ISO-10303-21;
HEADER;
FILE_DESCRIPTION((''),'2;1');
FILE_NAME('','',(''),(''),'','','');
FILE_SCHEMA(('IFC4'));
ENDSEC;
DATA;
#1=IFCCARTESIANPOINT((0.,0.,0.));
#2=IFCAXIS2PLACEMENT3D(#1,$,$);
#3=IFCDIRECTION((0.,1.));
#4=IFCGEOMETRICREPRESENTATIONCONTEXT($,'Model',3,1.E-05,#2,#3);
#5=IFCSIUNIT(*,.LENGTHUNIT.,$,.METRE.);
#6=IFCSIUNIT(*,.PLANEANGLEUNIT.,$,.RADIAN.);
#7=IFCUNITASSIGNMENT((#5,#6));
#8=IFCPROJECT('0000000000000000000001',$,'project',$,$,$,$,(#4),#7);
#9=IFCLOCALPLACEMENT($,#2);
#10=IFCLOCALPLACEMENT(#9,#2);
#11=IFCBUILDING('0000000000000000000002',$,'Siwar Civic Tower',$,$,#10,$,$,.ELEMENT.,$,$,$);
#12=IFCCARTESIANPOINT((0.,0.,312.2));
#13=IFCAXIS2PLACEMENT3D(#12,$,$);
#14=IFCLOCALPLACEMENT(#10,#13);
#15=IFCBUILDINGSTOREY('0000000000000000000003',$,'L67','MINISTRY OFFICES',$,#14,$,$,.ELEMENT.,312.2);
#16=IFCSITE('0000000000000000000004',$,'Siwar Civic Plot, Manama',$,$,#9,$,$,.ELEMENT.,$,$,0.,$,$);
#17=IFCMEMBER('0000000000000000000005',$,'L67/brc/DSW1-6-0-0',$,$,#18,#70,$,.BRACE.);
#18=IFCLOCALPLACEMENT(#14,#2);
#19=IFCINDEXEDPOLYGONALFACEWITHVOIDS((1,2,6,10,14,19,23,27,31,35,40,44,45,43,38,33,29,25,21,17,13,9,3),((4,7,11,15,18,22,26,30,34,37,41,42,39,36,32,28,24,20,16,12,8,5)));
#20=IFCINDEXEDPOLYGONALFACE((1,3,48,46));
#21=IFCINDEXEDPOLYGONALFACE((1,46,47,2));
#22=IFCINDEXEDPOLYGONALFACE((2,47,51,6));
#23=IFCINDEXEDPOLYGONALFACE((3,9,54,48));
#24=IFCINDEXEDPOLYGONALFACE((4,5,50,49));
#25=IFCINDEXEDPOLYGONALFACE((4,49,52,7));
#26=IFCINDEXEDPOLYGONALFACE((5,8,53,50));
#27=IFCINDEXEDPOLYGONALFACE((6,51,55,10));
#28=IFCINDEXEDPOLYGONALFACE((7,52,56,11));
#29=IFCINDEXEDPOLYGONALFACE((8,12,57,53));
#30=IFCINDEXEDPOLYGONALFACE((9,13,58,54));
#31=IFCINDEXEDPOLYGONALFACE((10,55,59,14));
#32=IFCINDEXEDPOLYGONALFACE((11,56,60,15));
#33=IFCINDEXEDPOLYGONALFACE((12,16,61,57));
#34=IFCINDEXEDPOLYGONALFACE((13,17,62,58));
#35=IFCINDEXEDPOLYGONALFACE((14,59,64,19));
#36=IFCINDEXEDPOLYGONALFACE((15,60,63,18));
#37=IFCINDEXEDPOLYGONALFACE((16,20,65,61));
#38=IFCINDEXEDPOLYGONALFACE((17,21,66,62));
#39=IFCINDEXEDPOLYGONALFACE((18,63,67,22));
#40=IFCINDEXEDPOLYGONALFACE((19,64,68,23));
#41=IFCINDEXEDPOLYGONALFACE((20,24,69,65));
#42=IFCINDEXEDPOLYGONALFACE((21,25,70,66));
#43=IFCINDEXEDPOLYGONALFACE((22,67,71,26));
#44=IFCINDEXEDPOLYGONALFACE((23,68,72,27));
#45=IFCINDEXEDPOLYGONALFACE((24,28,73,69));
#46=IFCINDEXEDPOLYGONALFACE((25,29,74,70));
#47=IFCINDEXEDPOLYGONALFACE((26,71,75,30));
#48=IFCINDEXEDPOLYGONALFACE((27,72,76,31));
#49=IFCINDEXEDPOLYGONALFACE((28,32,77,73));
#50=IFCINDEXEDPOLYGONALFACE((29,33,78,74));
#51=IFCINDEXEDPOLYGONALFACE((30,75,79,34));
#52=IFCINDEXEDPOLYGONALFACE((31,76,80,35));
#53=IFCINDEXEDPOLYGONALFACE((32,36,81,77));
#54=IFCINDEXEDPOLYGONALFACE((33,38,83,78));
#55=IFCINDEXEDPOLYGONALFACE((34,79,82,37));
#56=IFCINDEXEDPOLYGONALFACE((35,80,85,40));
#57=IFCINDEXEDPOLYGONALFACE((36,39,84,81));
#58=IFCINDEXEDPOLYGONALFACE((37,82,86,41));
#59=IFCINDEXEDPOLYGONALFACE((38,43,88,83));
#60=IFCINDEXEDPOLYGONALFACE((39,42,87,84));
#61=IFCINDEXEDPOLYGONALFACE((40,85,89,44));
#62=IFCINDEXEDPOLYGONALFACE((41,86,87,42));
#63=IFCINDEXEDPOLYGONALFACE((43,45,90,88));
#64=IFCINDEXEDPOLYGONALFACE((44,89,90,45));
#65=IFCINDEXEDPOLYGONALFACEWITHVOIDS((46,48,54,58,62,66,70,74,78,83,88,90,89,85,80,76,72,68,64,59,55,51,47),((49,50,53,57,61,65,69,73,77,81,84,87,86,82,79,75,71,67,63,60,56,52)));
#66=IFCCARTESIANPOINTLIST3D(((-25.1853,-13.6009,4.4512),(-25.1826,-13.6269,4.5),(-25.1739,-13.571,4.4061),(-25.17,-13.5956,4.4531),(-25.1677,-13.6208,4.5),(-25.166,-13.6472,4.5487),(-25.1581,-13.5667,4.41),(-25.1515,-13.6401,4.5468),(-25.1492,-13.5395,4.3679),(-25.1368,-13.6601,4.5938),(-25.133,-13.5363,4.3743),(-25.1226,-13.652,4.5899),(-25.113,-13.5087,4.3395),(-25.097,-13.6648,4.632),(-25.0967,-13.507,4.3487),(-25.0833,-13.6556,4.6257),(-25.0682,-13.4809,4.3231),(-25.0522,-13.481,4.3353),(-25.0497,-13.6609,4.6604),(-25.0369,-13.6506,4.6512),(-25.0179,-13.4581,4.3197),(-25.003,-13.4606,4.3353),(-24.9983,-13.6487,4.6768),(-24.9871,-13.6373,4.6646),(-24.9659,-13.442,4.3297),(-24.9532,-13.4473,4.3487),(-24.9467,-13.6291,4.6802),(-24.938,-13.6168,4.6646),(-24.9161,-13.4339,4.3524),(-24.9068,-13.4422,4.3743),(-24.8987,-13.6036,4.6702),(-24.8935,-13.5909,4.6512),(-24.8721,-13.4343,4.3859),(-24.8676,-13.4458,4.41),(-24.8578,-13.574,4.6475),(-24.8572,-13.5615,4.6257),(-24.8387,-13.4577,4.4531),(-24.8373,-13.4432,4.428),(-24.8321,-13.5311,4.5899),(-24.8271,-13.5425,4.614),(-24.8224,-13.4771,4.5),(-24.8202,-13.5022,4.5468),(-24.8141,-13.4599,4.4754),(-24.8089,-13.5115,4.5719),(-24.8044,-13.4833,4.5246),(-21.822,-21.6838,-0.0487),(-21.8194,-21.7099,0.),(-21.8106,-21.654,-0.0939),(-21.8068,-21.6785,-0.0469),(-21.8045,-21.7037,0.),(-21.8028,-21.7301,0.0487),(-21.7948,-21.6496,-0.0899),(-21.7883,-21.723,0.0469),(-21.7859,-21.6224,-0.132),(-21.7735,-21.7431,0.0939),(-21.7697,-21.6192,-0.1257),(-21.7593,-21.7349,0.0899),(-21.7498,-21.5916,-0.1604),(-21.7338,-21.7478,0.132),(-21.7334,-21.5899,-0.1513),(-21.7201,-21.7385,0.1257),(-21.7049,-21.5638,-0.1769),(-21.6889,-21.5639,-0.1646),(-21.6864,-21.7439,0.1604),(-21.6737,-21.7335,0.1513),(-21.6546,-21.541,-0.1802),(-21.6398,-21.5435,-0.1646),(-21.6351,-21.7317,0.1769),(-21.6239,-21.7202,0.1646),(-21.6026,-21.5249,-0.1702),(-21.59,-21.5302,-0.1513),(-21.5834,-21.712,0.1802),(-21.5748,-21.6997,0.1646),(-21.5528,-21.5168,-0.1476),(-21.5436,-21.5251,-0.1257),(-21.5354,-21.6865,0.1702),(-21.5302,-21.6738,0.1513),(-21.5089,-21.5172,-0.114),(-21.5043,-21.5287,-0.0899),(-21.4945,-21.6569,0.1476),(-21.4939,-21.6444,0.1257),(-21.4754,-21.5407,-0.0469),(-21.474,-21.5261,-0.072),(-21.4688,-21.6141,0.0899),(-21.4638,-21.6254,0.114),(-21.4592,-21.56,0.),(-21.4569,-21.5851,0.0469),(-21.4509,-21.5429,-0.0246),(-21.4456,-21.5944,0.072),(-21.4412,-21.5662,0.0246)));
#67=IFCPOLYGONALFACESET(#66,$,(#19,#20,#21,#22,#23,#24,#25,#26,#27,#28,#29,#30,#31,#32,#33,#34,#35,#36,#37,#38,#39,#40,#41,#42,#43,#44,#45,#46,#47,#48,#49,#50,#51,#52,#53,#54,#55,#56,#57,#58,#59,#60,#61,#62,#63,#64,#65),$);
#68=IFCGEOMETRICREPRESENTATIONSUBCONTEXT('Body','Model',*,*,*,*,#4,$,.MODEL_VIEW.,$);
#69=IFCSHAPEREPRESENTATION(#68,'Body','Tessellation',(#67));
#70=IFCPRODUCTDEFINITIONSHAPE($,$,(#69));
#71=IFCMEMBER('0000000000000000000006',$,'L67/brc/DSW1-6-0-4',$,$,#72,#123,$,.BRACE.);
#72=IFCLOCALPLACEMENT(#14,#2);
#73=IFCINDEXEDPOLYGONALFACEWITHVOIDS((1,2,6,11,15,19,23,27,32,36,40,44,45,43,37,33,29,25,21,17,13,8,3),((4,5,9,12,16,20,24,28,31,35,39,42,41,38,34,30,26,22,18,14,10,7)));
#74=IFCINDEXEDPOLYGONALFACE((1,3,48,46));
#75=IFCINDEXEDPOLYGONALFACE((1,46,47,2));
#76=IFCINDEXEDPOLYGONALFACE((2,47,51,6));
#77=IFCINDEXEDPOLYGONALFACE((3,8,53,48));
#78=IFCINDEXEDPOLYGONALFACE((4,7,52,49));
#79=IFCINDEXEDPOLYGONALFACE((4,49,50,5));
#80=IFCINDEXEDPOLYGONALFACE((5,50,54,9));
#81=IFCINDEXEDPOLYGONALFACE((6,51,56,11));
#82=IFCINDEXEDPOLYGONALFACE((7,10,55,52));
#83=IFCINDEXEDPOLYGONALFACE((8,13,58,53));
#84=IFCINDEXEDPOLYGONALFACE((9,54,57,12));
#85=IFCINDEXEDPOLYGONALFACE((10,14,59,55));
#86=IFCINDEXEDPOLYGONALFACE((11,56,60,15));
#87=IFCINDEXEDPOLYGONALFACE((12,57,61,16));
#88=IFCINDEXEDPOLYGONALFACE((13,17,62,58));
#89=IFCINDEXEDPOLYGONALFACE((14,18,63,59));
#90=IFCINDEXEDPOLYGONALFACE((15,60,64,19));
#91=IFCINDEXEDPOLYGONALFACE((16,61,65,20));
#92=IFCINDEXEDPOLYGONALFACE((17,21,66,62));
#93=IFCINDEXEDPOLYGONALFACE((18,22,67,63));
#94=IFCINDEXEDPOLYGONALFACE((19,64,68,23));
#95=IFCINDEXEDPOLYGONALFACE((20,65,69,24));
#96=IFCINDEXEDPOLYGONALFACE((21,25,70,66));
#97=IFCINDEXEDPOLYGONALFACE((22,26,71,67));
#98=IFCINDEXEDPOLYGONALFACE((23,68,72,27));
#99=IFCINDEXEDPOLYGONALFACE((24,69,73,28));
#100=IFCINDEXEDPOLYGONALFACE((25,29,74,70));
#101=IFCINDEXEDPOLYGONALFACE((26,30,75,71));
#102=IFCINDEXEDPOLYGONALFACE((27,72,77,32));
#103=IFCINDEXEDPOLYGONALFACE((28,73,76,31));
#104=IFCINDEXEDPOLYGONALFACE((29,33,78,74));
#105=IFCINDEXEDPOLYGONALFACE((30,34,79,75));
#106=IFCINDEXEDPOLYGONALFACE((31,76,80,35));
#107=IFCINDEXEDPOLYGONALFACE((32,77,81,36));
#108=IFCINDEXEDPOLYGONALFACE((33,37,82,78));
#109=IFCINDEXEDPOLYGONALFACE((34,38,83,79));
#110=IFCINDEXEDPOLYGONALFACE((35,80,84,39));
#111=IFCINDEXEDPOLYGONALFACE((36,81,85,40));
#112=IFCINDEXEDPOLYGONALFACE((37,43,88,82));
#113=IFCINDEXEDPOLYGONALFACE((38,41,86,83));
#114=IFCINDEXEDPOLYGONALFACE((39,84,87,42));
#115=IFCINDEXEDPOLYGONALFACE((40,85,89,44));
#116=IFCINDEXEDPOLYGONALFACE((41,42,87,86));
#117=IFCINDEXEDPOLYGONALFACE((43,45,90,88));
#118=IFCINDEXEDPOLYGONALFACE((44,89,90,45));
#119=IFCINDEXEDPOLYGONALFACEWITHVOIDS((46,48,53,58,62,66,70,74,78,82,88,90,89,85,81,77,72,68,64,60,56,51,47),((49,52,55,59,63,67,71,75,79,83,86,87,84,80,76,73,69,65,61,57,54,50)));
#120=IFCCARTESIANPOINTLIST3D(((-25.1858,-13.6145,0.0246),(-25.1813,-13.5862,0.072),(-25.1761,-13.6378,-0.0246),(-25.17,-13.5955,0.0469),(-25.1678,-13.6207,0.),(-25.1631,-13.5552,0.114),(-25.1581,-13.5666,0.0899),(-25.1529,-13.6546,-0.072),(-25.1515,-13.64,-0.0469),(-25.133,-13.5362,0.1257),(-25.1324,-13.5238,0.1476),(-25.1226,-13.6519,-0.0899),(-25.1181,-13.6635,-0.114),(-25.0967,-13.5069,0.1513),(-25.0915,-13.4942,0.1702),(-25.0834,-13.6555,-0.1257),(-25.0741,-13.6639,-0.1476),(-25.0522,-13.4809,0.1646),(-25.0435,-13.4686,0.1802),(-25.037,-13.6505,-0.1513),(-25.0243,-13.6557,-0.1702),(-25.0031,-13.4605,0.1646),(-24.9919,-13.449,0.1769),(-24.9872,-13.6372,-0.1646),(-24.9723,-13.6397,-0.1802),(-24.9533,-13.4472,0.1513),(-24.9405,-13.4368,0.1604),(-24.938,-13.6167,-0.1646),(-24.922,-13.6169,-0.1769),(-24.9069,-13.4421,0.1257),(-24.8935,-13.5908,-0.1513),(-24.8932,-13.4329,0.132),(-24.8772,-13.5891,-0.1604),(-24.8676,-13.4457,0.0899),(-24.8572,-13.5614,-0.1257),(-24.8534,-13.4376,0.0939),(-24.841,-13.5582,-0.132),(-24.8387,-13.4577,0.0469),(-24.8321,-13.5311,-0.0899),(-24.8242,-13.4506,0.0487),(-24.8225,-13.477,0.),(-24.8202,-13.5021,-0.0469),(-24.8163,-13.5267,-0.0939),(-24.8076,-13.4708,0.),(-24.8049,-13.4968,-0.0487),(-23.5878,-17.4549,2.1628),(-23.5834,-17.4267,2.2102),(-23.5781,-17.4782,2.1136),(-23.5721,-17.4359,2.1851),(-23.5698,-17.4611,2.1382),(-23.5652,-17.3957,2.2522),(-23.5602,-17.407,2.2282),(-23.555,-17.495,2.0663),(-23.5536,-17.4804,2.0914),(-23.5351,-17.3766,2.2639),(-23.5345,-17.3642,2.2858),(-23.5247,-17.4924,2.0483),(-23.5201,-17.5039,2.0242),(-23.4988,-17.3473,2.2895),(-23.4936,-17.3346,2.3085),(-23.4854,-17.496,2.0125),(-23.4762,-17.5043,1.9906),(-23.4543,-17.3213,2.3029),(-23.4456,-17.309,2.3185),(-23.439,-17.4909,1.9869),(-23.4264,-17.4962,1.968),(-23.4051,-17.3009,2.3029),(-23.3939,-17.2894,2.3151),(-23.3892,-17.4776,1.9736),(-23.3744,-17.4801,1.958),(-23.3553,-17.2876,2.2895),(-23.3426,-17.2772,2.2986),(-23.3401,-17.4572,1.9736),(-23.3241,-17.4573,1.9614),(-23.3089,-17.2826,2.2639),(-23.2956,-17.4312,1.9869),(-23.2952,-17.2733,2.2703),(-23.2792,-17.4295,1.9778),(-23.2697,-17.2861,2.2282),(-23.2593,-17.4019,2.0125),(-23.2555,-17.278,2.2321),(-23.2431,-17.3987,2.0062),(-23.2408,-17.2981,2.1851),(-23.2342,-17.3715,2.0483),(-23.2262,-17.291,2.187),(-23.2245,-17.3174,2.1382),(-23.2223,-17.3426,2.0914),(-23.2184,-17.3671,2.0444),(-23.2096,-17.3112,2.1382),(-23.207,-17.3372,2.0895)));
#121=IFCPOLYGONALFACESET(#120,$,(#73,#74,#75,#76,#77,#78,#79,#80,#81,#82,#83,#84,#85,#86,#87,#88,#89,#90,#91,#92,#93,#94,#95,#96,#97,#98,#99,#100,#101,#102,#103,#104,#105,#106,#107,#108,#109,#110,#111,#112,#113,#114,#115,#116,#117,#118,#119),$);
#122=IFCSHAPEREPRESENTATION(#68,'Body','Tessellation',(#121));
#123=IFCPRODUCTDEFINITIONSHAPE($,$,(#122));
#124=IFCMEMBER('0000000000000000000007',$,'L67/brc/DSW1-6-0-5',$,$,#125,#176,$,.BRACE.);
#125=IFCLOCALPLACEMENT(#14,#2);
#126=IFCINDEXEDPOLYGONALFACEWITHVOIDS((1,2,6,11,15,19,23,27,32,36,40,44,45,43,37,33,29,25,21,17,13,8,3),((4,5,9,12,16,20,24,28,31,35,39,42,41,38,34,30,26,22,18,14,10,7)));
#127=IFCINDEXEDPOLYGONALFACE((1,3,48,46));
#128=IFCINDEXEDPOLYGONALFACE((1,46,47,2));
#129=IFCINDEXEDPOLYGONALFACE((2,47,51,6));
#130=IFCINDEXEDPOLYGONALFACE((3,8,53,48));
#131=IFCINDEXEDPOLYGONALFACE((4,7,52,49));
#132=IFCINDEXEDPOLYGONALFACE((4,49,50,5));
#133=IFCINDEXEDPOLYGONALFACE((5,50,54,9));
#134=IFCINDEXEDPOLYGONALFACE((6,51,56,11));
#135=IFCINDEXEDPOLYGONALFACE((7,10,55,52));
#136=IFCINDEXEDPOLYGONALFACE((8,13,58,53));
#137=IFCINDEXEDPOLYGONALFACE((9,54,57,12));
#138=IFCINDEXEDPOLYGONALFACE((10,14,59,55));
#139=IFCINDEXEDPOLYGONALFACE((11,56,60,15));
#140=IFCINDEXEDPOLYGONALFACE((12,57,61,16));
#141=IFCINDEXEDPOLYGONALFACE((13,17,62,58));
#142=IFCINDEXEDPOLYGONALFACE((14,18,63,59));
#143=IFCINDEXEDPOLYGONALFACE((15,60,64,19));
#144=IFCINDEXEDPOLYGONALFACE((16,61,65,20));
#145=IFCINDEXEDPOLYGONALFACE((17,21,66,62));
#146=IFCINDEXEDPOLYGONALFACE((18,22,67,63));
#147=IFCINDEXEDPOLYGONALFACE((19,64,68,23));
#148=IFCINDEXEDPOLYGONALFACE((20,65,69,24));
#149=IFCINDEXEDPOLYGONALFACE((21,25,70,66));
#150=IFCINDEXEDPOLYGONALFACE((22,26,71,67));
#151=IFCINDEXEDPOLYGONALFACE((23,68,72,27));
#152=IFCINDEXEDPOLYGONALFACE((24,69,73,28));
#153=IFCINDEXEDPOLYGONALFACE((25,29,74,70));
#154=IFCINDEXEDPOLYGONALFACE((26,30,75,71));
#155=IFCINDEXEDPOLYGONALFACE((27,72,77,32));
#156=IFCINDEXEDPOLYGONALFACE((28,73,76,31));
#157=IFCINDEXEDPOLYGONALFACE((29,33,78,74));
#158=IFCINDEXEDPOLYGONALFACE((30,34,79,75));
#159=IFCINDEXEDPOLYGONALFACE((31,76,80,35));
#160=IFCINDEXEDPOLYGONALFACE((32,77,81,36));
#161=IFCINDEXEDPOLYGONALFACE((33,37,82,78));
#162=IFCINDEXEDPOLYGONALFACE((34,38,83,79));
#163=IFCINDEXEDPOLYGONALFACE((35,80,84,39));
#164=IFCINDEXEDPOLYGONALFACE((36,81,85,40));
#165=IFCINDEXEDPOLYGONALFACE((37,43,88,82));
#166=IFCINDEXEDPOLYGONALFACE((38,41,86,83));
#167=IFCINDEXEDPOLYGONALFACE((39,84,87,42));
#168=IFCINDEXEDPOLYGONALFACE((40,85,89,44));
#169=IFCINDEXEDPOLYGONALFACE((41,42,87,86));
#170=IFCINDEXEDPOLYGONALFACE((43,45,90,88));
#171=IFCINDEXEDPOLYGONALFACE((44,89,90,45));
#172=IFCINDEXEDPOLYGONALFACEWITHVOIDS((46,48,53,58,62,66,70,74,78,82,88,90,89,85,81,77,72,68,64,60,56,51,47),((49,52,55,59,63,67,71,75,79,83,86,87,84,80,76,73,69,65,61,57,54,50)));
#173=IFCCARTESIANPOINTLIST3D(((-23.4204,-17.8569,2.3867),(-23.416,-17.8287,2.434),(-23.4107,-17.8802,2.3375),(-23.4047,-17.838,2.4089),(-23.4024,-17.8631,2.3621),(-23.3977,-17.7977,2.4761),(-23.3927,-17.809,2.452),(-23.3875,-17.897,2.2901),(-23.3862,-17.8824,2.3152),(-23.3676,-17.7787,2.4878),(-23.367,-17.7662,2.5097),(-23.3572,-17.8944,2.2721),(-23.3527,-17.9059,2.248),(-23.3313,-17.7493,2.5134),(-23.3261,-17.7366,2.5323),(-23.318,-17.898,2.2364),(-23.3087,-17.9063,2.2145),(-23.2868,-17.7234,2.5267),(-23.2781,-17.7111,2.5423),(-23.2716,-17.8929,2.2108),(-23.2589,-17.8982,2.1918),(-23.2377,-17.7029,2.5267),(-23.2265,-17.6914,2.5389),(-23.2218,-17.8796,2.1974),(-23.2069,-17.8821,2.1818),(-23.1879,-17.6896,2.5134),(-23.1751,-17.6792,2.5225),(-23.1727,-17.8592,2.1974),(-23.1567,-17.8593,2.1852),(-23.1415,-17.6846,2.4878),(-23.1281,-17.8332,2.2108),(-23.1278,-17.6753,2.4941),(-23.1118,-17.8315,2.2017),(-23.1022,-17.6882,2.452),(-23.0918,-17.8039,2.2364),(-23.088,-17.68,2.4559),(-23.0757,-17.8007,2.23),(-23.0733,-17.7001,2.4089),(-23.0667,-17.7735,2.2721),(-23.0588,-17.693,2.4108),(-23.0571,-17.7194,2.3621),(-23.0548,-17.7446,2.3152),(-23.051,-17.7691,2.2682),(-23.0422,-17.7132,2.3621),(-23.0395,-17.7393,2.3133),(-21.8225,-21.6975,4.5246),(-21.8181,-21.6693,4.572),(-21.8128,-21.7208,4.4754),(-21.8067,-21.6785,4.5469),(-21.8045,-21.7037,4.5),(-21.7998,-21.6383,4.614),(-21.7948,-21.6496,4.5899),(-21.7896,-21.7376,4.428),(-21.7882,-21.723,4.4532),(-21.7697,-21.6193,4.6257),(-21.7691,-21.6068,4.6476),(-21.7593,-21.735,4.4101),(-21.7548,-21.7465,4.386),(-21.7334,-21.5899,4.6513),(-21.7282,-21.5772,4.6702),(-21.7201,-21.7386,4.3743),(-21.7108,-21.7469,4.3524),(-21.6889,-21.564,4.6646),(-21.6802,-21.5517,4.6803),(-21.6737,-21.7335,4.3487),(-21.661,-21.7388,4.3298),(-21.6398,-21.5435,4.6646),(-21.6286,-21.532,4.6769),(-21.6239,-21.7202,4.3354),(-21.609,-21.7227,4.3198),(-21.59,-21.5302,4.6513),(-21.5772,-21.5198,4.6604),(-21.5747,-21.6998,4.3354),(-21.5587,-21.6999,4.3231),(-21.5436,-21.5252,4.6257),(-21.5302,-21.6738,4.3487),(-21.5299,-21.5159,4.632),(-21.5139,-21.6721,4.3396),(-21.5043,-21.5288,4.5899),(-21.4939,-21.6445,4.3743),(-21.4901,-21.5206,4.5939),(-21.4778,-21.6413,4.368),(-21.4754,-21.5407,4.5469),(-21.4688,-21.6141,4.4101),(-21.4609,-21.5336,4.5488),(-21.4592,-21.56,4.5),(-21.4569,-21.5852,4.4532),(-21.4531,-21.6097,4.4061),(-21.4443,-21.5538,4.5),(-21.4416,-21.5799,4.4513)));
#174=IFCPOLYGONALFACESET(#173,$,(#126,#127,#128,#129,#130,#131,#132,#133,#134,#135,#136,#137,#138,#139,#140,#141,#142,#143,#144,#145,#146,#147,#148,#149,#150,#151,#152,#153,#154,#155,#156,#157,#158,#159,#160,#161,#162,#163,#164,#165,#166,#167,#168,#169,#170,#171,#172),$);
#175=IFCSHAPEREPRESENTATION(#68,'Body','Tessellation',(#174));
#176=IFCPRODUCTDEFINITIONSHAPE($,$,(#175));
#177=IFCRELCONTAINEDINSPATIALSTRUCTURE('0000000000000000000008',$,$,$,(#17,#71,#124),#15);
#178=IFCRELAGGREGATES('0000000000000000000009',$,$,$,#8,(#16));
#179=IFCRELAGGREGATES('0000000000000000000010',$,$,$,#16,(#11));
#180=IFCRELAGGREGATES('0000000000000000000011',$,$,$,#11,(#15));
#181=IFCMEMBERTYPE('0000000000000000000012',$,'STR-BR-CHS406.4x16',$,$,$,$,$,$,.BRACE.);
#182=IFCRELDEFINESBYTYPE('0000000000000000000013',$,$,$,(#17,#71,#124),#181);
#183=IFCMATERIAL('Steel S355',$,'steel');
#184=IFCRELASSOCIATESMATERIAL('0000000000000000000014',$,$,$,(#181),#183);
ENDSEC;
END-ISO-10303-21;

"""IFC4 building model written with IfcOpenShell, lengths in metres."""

from ifc_helpers import new_model, si_unit, direction, frame, origin, origin_2d, place, context, subcontext, project, spatial, hollow_circle, extrude, material, material_profile, profile_set, type_object, element, save


model = new_model("IFC4")

# Units and contexts
model_context = context("Model", 3, precision=1e-05, world=origin(), true_north=direction((0.0, 1.0)))
body_context = subcontext(model_context, "Body", "Model", "MODEL_VIEW")
ifc_project = project(units=[si_unit("LENGTHUNIT", "METRE"), si_unit("PLANEANGLEUNIT", "RADIAN")], contexts=[model_context])

# Site, building, storey
site_placement = place(None, origin())
site = spatial("IfcSite", under=ifc_project, at=site_placement, Name="Siwar Civic Plot, Manama", CompositionType="ELEMENT", RefElevation=0.0)
building_placement = place(site_placement, origin())
building = spatial("IfcBuilding", under=site, at=building_placement, Name="Siwar Civic Tower", CompositionType="ELEMENT")
storey_placement = place(building_placement, frame((0.0, 0.0, 312.2)))
storey = spatial("IfcBuildingStorey", under=building, at=storey_placement, Name="L67", Description="MINISTRY OFFICES", CompositionType="ELEMENT", Elevation=312.2)

# Members
ifc_material_1 = material(Name="Steel S355", Category="steel")
ifc_material_profile_1 = material_profile(ifc_material_1, hollow_circle(Radius=0.2031, WallThickness=0.0161, at=origin_2d()), Name="CHS406.4x16")
ifc_profile_set_1 = profile_set([ifc_material_profile_1], Name="Steel S355")
member_type_1 = type_object("IfcMemberType", Name="STR-BR-CHS406.4x16", PredefinedType="BRACE", material=ifc_profile_set_1)
member_1_placement = place(storey_placement, frame((-21.6318, -21.6318, 0.0), z_axis=(-0.341671, 0.821143, 0.457149), x_axis=(-0.923265, -0.384164, 0.0)))
element("IfcMember", 1, at=member_1_placement, inside=storey, type_object=member_type_1, Name="L67/brc/DSW1-6-0-0", PredefinedType="BRACE", context=body_context, shape_type="SweptSolid", body=[
    extrude(hollow_circle(Radius=0.2031, WallThickness=0.0161, at=origin_2d()), origin(), (0.0, 0.0, 1.0), 9.8435),
])
for number, where, z_axis, x_axis, name in (
    (2, (-24.9951, -13.5488, 0.0), (0.341659, -0.82113, 0.457181), (0.923268, 0.384157, 0.0), "L67/brc/DSW1-6-0-4"),
    (3, (-23.2297, -17.7913, 2.3621), (0.341653, -0.821167, 0.45712), (0.923276, 0.384136, 0.0), "L67/brc/DSW1-6-0-5"),
):
    element("IfcMember", number, at=place(storey_placement, frame(where, z_axis=z_axis, x_axis=x_axis)), inside=storey, type_object=member_type_1, Name=name, PredefinedType="BRACE", context=body_context, shape_type="SweptSolid", body=[
        extrude(hollow_circle(Radius=0.2031, WallThickness=0.0161, at=origin_2d()), origin(), (0.0, 0.0, 1.0), 4.677),
    ])

save(model, "model.ifc")
